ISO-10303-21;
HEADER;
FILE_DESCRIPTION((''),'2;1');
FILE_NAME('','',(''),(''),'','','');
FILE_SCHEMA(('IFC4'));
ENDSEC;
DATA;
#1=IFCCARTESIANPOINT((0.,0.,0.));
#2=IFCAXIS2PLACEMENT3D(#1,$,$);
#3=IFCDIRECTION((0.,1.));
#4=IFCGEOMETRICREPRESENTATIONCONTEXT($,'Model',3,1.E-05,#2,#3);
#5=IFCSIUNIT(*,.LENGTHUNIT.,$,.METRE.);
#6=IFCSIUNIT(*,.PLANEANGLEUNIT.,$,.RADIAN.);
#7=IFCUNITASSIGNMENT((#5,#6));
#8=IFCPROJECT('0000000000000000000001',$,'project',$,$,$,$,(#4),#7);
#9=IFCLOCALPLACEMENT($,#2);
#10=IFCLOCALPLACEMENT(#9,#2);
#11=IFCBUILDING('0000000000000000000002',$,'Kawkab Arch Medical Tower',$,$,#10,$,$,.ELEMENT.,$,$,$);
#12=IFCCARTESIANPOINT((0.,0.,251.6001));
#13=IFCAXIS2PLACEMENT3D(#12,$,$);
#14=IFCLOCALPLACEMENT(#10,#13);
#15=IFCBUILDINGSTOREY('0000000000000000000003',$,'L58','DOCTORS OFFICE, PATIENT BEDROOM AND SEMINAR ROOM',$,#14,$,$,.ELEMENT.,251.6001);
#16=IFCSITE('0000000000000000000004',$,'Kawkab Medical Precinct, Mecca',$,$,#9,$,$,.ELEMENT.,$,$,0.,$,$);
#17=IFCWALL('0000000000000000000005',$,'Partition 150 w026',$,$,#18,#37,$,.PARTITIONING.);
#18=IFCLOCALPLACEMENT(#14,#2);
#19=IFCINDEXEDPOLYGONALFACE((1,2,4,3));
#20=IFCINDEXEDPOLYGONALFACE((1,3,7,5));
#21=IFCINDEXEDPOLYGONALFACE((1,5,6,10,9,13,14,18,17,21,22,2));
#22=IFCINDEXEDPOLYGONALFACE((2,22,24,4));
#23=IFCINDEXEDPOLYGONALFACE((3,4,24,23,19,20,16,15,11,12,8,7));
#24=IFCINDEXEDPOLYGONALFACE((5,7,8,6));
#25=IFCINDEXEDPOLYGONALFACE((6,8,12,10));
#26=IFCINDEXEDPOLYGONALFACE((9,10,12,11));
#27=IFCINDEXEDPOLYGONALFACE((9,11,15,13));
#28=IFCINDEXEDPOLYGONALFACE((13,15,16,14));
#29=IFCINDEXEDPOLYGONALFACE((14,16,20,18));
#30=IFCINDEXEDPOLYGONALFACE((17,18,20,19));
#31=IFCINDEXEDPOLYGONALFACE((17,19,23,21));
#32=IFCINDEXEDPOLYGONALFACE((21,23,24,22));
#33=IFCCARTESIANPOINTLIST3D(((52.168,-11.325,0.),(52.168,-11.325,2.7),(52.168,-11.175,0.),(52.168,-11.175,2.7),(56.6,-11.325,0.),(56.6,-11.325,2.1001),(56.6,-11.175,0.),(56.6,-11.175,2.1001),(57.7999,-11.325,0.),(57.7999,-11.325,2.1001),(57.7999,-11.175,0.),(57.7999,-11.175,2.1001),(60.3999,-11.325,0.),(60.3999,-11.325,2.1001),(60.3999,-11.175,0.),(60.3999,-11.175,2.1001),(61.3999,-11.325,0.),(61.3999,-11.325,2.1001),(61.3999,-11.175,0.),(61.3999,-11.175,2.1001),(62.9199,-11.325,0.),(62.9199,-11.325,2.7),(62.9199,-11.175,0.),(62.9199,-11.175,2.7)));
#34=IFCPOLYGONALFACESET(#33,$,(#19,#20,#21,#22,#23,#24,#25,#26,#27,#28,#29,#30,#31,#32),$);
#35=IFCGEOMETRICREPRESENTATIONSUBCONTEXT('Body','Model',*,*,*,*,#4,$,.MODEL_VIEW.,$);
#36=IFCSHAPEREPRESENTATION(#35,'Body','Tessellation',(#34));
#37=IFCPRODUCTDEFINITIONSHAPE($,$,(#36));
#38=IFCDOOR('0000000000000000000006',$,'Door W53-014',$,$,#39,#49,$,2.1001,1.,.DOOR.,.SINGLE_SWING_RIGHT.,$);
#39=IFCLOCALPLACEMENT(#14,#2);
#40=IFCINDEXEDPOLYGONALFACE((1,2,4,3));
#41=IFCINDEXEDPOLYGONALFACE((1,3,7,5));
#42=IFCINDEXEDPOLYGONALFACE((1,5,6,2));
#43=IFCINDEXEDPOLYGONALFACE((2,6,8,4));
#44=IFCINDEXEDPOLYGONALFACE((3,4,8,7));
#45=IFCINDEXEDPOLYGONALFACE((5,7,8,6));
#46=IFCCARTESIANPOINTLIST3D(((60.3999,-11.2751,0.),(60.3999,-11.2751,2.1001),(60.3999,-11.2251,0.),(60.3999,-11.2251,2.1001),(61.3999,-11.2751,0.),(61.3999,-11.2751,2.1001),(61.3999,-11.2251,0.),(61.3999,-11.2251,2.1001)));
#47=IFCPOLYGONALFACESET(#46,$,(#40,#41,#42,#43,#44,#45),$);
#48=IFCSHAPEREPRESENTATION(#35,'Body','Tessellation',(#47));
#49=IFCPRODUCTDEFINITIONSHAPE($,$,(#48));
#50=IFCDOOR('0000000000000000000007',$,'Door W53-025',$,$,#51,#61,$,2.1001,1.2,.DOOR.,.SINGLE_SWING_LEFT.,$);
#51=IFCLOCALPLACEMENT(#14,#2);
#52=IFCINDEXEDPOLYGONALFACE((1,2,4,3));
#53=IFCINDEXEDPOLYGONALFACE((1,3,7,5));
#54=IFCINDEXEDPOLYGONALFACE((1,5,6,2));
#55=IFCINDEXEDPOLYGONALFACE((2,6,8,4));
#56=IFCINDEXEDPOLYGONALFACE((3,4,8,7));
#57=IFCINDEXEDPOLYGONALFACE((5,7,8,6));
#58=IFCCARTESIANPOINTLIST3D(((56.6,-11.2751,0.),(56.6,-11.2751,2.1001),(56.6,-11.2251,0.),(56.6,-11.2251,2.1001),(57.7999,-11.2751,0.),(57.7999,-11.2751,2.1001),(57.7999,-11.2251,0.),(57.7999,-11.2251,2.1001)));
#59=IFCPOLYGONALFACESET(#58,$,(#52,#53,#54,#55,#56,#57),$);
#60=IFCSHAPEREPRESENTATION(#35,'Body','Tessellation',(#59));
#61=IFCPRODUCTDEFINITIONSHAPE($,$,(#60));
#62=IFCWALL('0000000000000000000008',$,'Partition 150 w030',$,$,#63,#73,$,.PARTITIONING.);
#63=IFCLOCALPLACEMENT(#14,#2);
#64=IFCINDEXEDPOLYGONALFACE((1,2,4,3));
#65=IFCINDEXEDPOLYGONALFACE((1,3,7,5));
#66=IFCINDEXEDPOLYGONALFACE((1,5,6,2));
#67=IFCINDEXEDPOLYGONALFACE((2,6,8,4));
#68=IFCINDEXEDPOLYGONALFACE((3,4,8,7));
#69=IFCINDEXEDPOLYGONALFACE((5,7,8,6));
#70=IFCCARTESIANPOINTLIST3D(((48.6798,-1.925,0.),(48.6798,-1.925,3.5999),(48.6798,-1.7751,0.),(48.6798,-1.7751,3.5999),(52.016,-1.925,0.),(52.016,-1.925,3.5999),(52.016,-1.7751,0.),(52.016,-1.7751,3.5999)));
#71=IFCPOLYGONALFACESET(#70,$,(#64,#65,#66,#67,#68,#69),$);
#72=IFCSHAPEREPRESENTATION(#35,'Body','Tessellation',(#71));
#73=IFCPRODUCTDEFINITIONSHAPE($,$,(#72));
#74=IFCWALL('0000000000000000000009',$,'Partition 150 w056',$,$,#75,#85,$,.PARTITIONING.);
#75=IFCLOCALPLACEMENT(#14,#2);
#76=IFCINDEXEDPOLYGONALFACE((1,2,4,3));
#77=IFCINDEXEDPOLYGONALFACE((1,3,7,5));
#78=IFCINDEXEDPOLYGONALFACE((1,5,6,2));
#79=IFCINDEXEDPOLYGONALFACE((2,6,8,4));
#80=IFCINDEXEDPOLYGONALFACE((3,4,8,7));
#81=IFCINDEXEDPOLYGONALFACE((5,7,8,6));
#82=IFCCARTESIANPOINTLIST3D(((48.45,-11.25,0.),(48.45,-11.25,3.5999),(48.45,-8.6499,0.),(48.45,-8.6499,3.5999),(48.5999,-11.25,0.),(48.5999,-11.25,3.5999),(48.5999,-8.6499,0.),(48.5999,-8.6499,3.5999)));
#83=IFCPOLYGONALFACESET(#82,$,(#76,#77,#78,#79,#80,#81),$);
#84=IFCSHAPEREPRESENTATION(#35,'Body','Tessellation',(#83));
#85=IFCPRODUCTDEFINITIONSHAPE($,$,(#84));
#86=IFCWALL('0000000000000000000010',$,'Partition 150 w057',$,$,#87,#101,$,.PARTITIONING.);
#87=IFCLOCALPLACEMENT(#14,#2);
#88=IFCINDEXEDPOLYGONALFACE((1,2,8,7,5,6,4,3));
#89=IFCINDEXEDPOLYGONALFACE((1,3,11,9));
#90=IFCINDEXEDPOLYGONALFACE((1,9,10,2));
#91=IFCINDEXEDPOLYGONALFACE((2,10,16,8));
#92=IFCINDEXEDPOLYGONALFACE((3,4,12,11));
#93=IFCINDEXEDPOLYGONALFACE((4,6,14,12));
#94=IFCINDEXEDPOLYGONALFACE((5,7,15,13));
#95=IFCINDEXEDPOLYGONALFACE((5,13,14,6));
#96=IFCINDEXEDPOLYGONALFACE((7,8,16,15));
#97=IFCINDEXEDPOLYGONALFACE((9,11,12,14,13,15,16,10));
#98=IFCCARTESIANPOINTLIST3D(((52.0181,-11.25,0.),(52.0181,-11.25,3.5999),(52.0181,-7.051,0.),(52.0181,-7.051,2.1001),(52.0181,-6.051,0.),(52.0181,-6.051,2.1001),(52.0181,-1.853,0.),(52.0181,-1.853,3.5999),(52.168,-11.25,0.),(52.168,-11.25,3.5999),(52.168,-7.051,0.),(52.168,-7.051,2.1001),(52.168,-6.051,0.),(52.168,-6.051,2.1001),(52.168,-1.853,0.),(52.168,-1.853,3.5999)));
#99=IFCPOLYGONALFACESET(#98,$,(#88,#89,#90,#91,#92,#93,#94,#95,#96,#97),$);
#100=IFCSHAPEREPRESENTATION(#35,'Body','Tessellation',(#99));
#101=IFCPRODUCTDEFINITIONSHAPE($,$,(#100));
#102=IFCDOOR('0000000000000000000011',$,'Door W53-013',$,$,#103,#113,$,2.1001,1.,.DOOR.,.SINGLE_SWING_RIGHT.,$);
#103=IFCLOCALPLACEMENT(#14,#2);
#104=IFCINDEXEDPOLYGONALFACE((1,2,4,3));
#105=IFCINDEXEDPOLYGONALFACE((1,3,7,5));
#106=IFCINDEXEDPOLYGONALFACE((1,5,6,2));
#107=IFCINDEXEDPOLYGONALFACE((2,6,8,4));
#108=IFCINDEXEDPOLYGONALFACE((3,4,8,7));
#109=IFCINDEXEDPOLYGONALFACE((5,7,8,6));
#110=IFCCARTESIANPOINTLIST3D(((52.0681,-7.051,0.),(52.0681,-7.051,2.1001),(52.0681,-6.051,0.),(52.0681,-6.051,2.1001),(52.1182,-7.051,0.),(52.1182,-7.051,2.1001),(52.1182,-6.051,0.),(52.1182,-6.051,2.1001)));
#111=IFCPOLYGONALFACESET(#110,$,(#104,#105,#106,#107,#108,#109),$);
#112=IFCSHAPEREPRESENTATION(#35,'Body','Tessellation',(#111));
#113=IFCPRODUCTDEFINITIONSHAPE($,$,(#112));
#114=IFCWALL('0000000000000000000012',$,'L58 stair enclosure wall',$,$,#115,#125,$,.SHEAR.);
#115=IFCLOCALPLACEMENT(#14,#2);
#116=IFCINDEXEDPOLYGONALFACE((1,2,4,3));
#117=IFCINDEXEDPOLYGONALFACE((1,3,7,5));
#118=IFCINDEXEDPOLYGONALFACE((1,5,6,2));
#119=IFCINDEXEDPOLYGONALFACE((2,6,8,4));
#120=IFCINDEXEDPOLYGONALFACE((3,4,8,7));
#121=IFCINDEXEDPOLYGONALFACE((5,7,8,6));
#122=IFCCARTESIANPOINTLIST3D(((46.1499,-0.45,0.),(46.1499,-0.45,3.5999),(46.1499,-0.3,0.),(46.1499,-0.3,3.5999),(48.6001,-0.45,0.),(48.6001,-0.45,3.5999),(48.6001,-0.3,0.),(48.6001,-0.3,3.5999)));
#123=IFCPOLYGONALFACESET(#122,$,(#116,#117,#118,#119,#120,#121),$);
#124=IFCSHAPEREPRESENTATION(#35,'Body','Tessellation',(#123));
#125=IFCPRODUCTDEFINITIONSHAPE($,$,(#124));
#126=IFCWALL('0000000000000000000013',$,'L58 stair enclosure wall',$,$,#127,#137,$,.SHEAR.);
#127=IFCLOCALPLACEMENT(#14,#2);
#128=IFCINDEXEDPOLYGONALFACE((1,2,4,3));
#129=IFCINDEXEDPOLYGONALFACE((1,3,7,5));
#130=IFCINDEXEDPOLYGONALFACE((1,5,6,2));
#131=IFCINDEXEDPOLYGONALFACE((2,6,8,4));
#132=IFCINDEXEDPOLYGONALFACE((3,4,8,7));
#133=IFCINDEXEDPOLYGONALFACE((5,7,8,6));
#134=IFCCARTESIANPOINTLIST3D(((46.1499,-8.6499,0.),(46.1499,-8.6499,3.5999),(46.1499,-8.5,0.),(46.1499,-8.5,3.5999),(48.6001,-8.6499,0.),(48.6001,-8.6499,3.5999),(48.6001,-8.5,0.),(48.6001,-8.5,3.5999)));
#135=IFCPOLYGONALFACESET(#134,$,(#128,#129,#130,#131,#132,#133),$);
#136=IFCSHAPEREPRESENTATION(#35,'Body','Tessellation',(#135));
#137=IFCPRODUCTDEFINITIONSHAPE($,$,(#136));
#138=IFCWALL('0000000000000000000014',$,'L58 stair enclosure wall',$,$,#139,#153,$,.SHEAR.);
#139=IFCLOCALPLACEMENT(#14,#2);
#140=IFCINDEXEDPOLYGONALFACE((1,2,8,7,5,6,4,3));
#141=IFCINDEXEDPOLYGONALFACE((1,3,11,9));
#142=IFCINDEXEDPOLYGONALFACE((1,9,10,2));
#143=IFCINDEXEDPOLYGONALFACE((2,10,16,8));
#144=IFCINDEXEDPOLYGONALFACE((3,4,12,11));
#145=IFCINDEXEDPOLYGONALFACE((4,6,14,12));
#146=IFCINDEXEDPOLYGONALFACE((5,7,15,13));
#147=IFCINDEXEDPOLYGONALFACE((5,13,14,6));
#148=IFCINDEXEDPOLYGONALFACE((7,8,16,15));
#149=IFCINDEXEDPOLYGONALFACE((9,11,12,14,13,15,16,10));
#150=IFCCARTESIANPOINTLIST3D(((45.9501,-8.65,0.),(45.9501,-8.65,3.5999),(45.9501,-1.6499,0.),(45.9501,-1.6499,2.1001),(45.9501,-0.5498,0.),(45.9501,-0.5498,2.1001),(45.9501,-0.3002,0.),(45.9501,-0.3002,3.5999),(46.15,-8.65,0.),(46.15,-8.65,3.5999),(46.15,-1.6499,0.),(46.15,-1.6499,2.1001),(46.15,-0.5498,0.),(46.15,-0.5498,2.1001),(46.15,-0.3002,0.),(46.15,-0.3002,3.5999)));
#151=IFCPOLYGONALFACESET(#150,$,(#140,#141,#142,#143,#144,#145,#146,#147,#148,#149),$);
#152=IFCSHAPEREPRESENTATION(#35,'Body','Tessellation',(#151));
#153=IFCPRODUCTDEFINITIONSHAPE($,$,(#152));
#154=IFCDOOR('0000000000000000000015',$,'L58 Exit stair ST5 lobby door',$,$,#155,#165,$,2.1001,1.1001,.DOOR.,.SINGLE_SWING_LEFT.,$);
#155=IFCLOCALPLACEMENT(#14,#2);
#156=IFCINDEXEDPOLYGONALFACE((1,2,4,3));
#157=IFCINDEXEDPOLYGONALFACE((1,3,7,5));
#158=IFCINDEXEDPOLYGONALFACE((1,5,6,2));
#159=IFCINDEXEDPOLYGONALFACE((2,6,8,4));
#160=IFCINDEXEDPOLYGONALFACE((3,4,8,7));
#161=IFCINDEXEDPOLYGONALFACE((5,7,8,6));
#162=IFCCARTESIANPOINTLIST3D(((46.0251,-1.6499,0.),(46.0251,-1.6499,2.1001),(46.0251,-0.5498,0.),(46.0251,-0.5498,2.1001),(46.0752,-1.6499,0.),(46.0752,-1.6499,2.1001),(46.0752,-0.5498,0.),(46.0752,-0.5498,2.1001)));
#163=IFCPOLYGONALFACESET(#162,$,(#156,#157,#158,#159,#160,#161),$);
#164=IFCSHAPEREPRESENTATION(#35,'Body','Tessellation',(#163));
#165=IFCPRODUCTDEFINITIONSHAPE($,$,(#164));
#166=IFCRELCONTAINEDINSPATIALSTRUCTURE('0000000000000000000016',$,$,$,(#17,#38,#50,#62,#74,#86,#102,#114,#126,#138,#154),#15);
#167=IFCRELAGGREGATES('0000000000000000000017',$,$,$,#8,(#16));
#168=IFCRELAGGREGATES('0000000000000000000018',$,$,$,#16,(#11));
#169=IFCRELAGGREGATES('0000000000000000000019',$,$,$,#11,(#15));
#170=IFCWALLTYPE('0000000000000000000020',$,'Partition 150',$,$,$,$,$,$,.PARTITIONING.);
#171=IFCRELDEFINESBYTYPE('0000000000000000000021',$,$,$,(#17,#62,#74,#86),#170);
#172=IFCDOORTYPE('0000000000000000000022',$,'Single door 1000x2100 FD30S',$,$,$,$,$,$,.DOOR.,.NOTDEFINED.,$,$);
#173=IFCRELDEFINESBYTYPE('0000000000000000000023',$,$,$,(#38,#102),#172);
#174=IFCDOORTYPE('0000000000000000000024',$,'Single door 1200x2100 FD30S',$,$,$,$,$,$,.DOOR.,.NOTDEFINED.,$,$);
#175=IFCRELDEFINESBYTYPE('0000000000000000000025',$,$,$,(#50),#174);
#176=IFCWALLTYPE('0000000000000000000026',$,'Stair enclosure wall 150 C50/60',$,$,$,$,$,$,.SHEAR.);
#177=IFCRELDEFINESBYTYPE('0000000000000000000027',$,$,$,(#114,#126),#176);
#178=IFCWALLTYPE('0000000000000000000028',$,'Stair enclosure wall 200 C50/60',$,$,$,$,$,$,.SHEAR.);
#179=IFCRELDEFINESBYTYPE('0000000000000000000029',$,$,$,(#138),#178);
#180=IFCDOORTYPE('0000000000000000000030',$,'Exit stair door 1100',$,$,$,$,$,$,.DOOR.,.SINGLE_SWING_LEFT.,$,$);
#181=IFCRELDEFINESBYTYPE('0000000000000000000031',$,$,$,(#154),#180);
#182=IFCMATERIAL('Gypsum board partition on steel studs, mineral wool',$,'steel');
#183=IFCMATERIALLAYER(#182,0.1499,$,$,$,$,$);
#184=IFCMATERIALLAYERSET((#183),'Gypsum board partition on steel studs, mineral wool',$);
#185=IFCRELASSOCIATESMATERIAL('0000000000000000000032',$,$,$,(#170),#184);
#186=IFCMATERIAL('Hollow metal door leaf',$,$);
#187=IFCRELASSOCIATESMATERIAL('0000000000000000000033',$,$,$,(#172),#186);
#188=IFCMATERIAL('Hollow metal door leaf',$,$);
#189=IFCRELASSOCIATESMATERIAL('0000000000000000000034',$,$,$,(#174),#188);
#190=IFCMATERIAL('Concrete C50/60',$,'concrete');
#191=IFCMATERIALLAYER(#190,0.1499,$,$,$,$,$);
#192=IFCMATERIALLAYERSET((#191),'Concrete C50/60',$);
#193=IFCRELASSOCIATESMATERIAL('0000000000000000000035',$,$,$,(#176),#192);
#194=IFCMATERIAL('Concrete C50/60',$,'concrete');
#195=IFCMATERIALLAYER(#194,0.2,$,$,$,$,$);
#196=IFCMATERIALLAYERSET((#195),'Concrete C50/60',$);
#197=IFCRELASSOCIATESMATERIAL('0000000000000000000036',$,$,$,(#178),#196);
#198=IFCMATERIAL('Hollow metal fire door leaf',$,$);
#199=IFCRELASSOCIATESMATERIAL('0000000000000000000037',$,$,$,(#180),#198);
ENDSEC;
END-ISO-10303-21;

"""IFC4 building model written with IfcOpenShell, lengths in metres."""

from ifc_helpers import new_model, si_unit, direction, frame, frame_2d, origin, place, context, subcontext, project, spatial, rectangle, extrude, material, layer, layer_set, type_object, element, fill, save


model = new_model("IFC4")

# Units and contexts
model_context = context("Model", 3, precision=1e-05, world=origin(), true_north=direction((0.0, 1.0)))
body_context = subcontext(model_context, "Body", "Model", "MODEL_VIEW")
ifc_project = project(units=[si_unit("LENGTHUNIT", "METRE"), si_unit("PLANEANGLEUNIT", "RADIAN")], contexts=[model_context])

# Site, building, storey
site_placement = place(None, origin())
site = spatial("IfcSite", under=ifc_project, at=site_placement, Name="Kawkab Medical Precinct, Mecca", CompositionType="ELEMENT", RefElevation=0.0)
building_placement = place(site_placement, origin())
building = spatial("IfcBuilding", under=site, at=building_placement, Name="Kawkab Arch Medical Tower", CompositionType="ELEMENT")
storey_placement = place(building_placement, frame((0.0, 0.0, 251.6001)))
storey = spatial("IfcBuildingStorey", under=building, at=storey_placement, Name="L58", Description="DOCTORS OFFICE, PATIENT BEDROOM AND SEMINAR ROOM", CompositionType="ELEMENT", Elevation=251.6001)

# Wall, openings, doors
ifc_material_1 = material(Name="Gypsum board partition on steel studs, mineral wool", Category="steel")
ifc_layer_1 = layer(ifc_material_1, 0.1499)
ifc_layer_set_1 = layer_set([ifc_layer_1], Name="Gypsum board partition on steel studs, mineral wool")
wall_type_1 = type_object("IfcWallType", Name="Partition 150", PredefinedType="PARTITIONING", material=ifc_layer_set_1)
wall_1_placement = place(storey_placement, frame((52.168, -11.25, 0.0), z_axis=(0.0, 0.0, 1.0), x_axis=(1.0, 0.0, 0.0)))
wall_1 = element("IfcWall", 1, at=wall_1_placement, inside=storey, type_object=wall_type_1, Name="Partition 150 w026", PredefinedType="PARTITIONING", context=body_context, shape_type="SweptSolid", body=[
    extrude(rectangle(XDim=10.752, YDim=0.1499, at=frame_2d((5.376, 0.0))), origin(), (0.0, 0.0, 1.0), 2.7),
])
opening_1_placement = place(wall_1_placement, frame((4.4319, 0.0, 0.0)))
opening_1 = element("IfcOpeningElement", 2, at=opening_1_placement, cuts=wall_1, PredefinedType="OPENING", context=body_context, shape_type="SweptSolid", body=[
    extrude(rectangle(XDim=1.2, YDim=2.1001, at=frame_2d((0.6001, 1.05))), frame((0.0, 0.085, 0.0), z_axis=(0.0, -1.0, 0.0), x_axis=(1.0, 0.0, 0.0)), (0.0, 0.0, 1.0), 0.1699),
])
opening_2_placement = place(wall_1_placement, frame((8.2319, 0.0, 0.0)))
opening_2 = element("IfcOpeningElement", 3, at=opening_2_placement, cuts=wall_1, PredefinedType="OPENING", context=body_context, shape_type="SweptSolid", body=[
    extrude(rectangle(XDim=1.0, YDim=2.1001, at=frame_2d((0.5, 1.05))), frame((0.0, 0.085, 0.0), z_axis=(0.0, -1.0, 0.0), x_axis=(1.0, 0.0, 0.0)), (0.0, 0.0, 1.0), 0.1699),
])
ifc_material_2 = material(Name="Hollow metal door leaf")
door_type_1 = type_object("IfcDoorType", Name="Single door 1000x2100 FD30S", OperationType="NOTDEFINED", PredefinedType="DOOR", material=ifc_material_2)
door_1_placement = place(opening_2_placement, origin())
door_1 = element("IfcDoor", 4, at=door_1_placement, inside=storey, type_object=door_type_1, Name="Door W53-014", OperationType="SINGLE_SWING_RIGHT", OverallHeight=2.1001, OverallWidth=1.0, PredefinedType="DOOR", context=body_context, shape_type="SweptSolid", body=[
    extrude(rectangle(XDim=1.0, YDim=2.1001, at=frame_2d((0.5, 1.05))), frame((0.0, 0.0249, 0.0), z_axis=(0.0, -1.0, 0.0), x_axis=(1.0, 0.0, 0.0)), (0.0, 0.0, 1.0), 0.05),
])
fill(opening_2, door_1)
ifc_material_3 = material(Name="Hollow metal door leaf")
door_type_2 = type_object("IfcDoorType", Name="Single door 1200x2100 FD30S", OperationType="NOTDEFINED", PredefinedType="DOOR", material=ifc_material_3)
door_2_placement = place(opening_1_placement, origin())
door_2 = element("IfcDoor", 5, at=door_2_placement, inside=storey, type_object=door_type_2, Name="Door W53-025", OperationType="SINGLE_SWING_LEFT", OverallHeight=2.1001, OverallWidth=1.2, PredefinedType="DOOR", context=body_context, shape_type="SweptSolid", body=[
    extrude(rectangle(XDim=1.2, YDim=2.1001, at=frame_2d((0.6001, 1.05))), frame((0.0, 0.0249, 0.0), z_axis=(0.0, -1.0, 0.0), x_axis=(1.0, 0.0, 0.0)), (0.0, 0.0, 1.0), 0.05),
])
fill(opening_1, door_2)

# Walls
wall_2_placement = place(storey_placement, frame((48.6799, -1.8501, 0.0), z_axis=(0.0, 0.0, 1.0), x_axis=(1.0, 0.0, 0.0)))
element("IfcWall", 6, at=wall_2_placement, inside=storey, type_object=wall_type_1, Name="Partition 150 w030", PredefinedType="PARTITIONING", context=body_context, shape_type="SweptSolid", body=[
    extrude(rectangle(XDim=3.3362, YDim=0.1499, at=frame_2d((1.668, 0.0))), origin(), (0.0, 0.0, 1.0), 3.5999),
])
wall_3_placement = place(storey_placement, frame((48.5249, -11.25, 0.0), z_axis=(0.0, 0.0, 1.0), x_axis=(0.0, 1.0, 0.0)))
element("IfcWall", 7, at=wall_3_placement, inside=storey, type_object=wall_type_1, Name="Partition 150 w056", PredefinedType="PARTITIONING", context=body_context, shape_type="SweptSolid", body=[
    extrude(rectangle(XDim=2.6001, YDim=0.1499, at=frame_2d((1.3, 0.0))), origin(), (0.0, 0.0, 1.0), 3.5999),
])

# Wall, opening, door
wall_4_placement = place(storey_placement, frame((52.093, -11.25, 0.0), z_axis=(0.0, 0.0, 1.0), x_axis=(0.0, 1.0, 0.0)))
wall_4 = element("IfcWall", 8, at=wall_4_placement, inside=storey, type_object=wall_type_1, Name="Partition 150 w057", PredefinedType="PARTITIONING", context=body_context, shape_type="SweptSolid", body=[
    extrude(rectangle(XDim=9.397, YDim=0.1499, at=frame_2d((4.6985, 0.0))), origin(), (0.0, 0.0, 1.0), 3.5999),
])
opening_3_placement = place(wall_4_placement, frame((4.199, 0.0, 0.0)))
opening_3 = element("IfcOpeningElement", 9, at=opening_3_placement, cuts=wall_4, PredefinedType="OPENING", context=body_context, shape_type="SweptSolid", body=[
    extrude(rectangle(XDim=1.0, YDim=2.1001, at=frame_2d((0.5, 1.05))), frame((0.0, 0.085, 0.0), z_axis=(0.0, -1.0, 0.0), x_axis=(1.0, 0.0, 0.0)), (0.0, 0.0, 1.0), 0.1699),
])
door_3_placement = place(opening_3_placement, origin())
door_3 = element("IfcDoor", 10, at=door_3_placement, inside=storey, type_object=door_type_1, Name="Door W53-013", OperationType="SINGLE_SWING_RIGHT", OverallHeight=2.1001, OverallWidth=1.0, PredefinedType="DOOR", context=body_context, shape_type="SweptSolid", body=[
    extrude(rectangle(XDim=1.0, YDim=2.1001, at=frame_2d((0.5, 1.05))), frame((0.0, 0.0249, 0.0), z_axis=(0.0, -1.0, 0.0), x_axis=(1.0, 0.0, 0.0)), (0.0, 0.0, 1.0), 0.05),
])
fill(opening_3, door_3)

# Walls
ifc_material_4 = material(Name="Concrete C50/60", Category="concrete")
ifc_layer_2 = layer(ifc_material_4, 0.1499)
ifc_layer_set_2 = layer_set([ifc_layer_2], Name="Concrete C50/60")
wall_type_2 = type_object("IfcWallType", Name="Stair enclosure wall 150 C50/60", PredefinedType="SHEAR", material=ifc_layer_set_2)
for number, where, z_axis, x_axis, name in (
    (11, (46.1499, -0.375, 0.0), (0.0, 0.0, 1.0), (1.0, 0.0, 0.0), "L58 stair enclosure wall"),
    (12, (46.1499, -8.575, 0.0), (0.0, 0.0, 1.0), (1.0, 0.0, 0.0), "L58 stair enclosure wall"),
):
    element("IfcWall", number, at=place(storey_placement, frame(where, z_axis=z_axis, x_axis=x_axis)), inside=storey, type_object=wall_type_2, Name=name, PredefinedType="SHEAR", context=body_context, shape_type="SweptSolid", body=[
        extrude(rectangle(XDim=2.4502, YDim=0.1499, at=frame_2d((1.2251, 0.0))), origin(), (0.0, 0.0, 1.0), 3.5999),
    ])

# Wall, opening, door
ifc_material_5 = material(Name="Concrete C50/60", Category="concrete")
ifc_layer_3 = layer(ifc_material_5, 0.2)
ifc_layer_set_3 = layer_set([ifc_layer_3], Name="Concrete C50/60")
wall_type_3 = type_object("IfcWallType", Name="Stair enclosure wall 200 C50/60", PredefinedType="SHEAR", material=ifc_layer_set_3)
wall_5_placement = place(storey_placement, frame((46.05, -8.6499, 0.0), z_axis=(0.0, 0.0, 1.0), x_axis=(0.0, 1.0, 0.0)))
wall_5 = element("IfcWall", 13, at=wall_5_placement, inside=storey, type_object=wall_type_3, Name="L58 stair enclosure wall", PredefinedType="SHEAR", context=body_context, shape_type="SweptSolid", body=[
    extrude(rectangle(XDim=8.3499, YDim=0.2, at=frame_2d((4.1748, 0.0))), origin(), (0.0, 0.0, 1.0), 3.5999),
])
opening_4_placement = place(wall_5_placement, frame((7.0, 0.0, 0.0)))
opening_4 = element("IfcOpeningElement", 14, at=opening_4_placement, cuts=wall_5, PredefinedType="OPENING", context=body_context, shape_type="SweptSolid", body=[
    extrude(rectangle(XDim=1.1001, YDim=2.1001, at=frame_2d((0.55, 1.05))), frame((0.0, 0.1099, 0.0), z_axis=(0.0, -1.0, 0.0), x_axis=(1.0, 0.0, 0.0)), (0.0, 0.0, 1.0), 0.22),
])
ifc_material_6 = material(Name="Hollow metal fire door leaf")
door_type_3 = type_object("IfcDoorType", Name="Exit stair door 1100", OperationType="SINGLE_SWING_LEFT", PredefinedType="DOOR", material=ifc_material_6)
door_4_placement = place(opening_4_placement, origin())
door_4 = element("IfcDoor", 15, at=door_4_placement, inside=storey, type_object=door_type_3, Name="L58 Exit stair ST5 lobby door", OperationType="SINGLE_SWING_LEFT", OverallHeight=2.1001, OverallWidth=1.1001, PredefinedType="DOOR", context=body_context, shape_type="SweptSolid", body=[
    extrude(rectangle(XDim=1.1001, YDim=2.1001, at=frame_2d((0.55, 1.05))), frame((0.0, 0.0249, 0.0), z_axis=(0.0, -1.0, 0.0), x_axis=(1.0, 0.0, 0.0)), (0.0, 0.0, 1.0), 0.05),
])
fill(opening_4, door_4)

save(model, "model.ifc")
